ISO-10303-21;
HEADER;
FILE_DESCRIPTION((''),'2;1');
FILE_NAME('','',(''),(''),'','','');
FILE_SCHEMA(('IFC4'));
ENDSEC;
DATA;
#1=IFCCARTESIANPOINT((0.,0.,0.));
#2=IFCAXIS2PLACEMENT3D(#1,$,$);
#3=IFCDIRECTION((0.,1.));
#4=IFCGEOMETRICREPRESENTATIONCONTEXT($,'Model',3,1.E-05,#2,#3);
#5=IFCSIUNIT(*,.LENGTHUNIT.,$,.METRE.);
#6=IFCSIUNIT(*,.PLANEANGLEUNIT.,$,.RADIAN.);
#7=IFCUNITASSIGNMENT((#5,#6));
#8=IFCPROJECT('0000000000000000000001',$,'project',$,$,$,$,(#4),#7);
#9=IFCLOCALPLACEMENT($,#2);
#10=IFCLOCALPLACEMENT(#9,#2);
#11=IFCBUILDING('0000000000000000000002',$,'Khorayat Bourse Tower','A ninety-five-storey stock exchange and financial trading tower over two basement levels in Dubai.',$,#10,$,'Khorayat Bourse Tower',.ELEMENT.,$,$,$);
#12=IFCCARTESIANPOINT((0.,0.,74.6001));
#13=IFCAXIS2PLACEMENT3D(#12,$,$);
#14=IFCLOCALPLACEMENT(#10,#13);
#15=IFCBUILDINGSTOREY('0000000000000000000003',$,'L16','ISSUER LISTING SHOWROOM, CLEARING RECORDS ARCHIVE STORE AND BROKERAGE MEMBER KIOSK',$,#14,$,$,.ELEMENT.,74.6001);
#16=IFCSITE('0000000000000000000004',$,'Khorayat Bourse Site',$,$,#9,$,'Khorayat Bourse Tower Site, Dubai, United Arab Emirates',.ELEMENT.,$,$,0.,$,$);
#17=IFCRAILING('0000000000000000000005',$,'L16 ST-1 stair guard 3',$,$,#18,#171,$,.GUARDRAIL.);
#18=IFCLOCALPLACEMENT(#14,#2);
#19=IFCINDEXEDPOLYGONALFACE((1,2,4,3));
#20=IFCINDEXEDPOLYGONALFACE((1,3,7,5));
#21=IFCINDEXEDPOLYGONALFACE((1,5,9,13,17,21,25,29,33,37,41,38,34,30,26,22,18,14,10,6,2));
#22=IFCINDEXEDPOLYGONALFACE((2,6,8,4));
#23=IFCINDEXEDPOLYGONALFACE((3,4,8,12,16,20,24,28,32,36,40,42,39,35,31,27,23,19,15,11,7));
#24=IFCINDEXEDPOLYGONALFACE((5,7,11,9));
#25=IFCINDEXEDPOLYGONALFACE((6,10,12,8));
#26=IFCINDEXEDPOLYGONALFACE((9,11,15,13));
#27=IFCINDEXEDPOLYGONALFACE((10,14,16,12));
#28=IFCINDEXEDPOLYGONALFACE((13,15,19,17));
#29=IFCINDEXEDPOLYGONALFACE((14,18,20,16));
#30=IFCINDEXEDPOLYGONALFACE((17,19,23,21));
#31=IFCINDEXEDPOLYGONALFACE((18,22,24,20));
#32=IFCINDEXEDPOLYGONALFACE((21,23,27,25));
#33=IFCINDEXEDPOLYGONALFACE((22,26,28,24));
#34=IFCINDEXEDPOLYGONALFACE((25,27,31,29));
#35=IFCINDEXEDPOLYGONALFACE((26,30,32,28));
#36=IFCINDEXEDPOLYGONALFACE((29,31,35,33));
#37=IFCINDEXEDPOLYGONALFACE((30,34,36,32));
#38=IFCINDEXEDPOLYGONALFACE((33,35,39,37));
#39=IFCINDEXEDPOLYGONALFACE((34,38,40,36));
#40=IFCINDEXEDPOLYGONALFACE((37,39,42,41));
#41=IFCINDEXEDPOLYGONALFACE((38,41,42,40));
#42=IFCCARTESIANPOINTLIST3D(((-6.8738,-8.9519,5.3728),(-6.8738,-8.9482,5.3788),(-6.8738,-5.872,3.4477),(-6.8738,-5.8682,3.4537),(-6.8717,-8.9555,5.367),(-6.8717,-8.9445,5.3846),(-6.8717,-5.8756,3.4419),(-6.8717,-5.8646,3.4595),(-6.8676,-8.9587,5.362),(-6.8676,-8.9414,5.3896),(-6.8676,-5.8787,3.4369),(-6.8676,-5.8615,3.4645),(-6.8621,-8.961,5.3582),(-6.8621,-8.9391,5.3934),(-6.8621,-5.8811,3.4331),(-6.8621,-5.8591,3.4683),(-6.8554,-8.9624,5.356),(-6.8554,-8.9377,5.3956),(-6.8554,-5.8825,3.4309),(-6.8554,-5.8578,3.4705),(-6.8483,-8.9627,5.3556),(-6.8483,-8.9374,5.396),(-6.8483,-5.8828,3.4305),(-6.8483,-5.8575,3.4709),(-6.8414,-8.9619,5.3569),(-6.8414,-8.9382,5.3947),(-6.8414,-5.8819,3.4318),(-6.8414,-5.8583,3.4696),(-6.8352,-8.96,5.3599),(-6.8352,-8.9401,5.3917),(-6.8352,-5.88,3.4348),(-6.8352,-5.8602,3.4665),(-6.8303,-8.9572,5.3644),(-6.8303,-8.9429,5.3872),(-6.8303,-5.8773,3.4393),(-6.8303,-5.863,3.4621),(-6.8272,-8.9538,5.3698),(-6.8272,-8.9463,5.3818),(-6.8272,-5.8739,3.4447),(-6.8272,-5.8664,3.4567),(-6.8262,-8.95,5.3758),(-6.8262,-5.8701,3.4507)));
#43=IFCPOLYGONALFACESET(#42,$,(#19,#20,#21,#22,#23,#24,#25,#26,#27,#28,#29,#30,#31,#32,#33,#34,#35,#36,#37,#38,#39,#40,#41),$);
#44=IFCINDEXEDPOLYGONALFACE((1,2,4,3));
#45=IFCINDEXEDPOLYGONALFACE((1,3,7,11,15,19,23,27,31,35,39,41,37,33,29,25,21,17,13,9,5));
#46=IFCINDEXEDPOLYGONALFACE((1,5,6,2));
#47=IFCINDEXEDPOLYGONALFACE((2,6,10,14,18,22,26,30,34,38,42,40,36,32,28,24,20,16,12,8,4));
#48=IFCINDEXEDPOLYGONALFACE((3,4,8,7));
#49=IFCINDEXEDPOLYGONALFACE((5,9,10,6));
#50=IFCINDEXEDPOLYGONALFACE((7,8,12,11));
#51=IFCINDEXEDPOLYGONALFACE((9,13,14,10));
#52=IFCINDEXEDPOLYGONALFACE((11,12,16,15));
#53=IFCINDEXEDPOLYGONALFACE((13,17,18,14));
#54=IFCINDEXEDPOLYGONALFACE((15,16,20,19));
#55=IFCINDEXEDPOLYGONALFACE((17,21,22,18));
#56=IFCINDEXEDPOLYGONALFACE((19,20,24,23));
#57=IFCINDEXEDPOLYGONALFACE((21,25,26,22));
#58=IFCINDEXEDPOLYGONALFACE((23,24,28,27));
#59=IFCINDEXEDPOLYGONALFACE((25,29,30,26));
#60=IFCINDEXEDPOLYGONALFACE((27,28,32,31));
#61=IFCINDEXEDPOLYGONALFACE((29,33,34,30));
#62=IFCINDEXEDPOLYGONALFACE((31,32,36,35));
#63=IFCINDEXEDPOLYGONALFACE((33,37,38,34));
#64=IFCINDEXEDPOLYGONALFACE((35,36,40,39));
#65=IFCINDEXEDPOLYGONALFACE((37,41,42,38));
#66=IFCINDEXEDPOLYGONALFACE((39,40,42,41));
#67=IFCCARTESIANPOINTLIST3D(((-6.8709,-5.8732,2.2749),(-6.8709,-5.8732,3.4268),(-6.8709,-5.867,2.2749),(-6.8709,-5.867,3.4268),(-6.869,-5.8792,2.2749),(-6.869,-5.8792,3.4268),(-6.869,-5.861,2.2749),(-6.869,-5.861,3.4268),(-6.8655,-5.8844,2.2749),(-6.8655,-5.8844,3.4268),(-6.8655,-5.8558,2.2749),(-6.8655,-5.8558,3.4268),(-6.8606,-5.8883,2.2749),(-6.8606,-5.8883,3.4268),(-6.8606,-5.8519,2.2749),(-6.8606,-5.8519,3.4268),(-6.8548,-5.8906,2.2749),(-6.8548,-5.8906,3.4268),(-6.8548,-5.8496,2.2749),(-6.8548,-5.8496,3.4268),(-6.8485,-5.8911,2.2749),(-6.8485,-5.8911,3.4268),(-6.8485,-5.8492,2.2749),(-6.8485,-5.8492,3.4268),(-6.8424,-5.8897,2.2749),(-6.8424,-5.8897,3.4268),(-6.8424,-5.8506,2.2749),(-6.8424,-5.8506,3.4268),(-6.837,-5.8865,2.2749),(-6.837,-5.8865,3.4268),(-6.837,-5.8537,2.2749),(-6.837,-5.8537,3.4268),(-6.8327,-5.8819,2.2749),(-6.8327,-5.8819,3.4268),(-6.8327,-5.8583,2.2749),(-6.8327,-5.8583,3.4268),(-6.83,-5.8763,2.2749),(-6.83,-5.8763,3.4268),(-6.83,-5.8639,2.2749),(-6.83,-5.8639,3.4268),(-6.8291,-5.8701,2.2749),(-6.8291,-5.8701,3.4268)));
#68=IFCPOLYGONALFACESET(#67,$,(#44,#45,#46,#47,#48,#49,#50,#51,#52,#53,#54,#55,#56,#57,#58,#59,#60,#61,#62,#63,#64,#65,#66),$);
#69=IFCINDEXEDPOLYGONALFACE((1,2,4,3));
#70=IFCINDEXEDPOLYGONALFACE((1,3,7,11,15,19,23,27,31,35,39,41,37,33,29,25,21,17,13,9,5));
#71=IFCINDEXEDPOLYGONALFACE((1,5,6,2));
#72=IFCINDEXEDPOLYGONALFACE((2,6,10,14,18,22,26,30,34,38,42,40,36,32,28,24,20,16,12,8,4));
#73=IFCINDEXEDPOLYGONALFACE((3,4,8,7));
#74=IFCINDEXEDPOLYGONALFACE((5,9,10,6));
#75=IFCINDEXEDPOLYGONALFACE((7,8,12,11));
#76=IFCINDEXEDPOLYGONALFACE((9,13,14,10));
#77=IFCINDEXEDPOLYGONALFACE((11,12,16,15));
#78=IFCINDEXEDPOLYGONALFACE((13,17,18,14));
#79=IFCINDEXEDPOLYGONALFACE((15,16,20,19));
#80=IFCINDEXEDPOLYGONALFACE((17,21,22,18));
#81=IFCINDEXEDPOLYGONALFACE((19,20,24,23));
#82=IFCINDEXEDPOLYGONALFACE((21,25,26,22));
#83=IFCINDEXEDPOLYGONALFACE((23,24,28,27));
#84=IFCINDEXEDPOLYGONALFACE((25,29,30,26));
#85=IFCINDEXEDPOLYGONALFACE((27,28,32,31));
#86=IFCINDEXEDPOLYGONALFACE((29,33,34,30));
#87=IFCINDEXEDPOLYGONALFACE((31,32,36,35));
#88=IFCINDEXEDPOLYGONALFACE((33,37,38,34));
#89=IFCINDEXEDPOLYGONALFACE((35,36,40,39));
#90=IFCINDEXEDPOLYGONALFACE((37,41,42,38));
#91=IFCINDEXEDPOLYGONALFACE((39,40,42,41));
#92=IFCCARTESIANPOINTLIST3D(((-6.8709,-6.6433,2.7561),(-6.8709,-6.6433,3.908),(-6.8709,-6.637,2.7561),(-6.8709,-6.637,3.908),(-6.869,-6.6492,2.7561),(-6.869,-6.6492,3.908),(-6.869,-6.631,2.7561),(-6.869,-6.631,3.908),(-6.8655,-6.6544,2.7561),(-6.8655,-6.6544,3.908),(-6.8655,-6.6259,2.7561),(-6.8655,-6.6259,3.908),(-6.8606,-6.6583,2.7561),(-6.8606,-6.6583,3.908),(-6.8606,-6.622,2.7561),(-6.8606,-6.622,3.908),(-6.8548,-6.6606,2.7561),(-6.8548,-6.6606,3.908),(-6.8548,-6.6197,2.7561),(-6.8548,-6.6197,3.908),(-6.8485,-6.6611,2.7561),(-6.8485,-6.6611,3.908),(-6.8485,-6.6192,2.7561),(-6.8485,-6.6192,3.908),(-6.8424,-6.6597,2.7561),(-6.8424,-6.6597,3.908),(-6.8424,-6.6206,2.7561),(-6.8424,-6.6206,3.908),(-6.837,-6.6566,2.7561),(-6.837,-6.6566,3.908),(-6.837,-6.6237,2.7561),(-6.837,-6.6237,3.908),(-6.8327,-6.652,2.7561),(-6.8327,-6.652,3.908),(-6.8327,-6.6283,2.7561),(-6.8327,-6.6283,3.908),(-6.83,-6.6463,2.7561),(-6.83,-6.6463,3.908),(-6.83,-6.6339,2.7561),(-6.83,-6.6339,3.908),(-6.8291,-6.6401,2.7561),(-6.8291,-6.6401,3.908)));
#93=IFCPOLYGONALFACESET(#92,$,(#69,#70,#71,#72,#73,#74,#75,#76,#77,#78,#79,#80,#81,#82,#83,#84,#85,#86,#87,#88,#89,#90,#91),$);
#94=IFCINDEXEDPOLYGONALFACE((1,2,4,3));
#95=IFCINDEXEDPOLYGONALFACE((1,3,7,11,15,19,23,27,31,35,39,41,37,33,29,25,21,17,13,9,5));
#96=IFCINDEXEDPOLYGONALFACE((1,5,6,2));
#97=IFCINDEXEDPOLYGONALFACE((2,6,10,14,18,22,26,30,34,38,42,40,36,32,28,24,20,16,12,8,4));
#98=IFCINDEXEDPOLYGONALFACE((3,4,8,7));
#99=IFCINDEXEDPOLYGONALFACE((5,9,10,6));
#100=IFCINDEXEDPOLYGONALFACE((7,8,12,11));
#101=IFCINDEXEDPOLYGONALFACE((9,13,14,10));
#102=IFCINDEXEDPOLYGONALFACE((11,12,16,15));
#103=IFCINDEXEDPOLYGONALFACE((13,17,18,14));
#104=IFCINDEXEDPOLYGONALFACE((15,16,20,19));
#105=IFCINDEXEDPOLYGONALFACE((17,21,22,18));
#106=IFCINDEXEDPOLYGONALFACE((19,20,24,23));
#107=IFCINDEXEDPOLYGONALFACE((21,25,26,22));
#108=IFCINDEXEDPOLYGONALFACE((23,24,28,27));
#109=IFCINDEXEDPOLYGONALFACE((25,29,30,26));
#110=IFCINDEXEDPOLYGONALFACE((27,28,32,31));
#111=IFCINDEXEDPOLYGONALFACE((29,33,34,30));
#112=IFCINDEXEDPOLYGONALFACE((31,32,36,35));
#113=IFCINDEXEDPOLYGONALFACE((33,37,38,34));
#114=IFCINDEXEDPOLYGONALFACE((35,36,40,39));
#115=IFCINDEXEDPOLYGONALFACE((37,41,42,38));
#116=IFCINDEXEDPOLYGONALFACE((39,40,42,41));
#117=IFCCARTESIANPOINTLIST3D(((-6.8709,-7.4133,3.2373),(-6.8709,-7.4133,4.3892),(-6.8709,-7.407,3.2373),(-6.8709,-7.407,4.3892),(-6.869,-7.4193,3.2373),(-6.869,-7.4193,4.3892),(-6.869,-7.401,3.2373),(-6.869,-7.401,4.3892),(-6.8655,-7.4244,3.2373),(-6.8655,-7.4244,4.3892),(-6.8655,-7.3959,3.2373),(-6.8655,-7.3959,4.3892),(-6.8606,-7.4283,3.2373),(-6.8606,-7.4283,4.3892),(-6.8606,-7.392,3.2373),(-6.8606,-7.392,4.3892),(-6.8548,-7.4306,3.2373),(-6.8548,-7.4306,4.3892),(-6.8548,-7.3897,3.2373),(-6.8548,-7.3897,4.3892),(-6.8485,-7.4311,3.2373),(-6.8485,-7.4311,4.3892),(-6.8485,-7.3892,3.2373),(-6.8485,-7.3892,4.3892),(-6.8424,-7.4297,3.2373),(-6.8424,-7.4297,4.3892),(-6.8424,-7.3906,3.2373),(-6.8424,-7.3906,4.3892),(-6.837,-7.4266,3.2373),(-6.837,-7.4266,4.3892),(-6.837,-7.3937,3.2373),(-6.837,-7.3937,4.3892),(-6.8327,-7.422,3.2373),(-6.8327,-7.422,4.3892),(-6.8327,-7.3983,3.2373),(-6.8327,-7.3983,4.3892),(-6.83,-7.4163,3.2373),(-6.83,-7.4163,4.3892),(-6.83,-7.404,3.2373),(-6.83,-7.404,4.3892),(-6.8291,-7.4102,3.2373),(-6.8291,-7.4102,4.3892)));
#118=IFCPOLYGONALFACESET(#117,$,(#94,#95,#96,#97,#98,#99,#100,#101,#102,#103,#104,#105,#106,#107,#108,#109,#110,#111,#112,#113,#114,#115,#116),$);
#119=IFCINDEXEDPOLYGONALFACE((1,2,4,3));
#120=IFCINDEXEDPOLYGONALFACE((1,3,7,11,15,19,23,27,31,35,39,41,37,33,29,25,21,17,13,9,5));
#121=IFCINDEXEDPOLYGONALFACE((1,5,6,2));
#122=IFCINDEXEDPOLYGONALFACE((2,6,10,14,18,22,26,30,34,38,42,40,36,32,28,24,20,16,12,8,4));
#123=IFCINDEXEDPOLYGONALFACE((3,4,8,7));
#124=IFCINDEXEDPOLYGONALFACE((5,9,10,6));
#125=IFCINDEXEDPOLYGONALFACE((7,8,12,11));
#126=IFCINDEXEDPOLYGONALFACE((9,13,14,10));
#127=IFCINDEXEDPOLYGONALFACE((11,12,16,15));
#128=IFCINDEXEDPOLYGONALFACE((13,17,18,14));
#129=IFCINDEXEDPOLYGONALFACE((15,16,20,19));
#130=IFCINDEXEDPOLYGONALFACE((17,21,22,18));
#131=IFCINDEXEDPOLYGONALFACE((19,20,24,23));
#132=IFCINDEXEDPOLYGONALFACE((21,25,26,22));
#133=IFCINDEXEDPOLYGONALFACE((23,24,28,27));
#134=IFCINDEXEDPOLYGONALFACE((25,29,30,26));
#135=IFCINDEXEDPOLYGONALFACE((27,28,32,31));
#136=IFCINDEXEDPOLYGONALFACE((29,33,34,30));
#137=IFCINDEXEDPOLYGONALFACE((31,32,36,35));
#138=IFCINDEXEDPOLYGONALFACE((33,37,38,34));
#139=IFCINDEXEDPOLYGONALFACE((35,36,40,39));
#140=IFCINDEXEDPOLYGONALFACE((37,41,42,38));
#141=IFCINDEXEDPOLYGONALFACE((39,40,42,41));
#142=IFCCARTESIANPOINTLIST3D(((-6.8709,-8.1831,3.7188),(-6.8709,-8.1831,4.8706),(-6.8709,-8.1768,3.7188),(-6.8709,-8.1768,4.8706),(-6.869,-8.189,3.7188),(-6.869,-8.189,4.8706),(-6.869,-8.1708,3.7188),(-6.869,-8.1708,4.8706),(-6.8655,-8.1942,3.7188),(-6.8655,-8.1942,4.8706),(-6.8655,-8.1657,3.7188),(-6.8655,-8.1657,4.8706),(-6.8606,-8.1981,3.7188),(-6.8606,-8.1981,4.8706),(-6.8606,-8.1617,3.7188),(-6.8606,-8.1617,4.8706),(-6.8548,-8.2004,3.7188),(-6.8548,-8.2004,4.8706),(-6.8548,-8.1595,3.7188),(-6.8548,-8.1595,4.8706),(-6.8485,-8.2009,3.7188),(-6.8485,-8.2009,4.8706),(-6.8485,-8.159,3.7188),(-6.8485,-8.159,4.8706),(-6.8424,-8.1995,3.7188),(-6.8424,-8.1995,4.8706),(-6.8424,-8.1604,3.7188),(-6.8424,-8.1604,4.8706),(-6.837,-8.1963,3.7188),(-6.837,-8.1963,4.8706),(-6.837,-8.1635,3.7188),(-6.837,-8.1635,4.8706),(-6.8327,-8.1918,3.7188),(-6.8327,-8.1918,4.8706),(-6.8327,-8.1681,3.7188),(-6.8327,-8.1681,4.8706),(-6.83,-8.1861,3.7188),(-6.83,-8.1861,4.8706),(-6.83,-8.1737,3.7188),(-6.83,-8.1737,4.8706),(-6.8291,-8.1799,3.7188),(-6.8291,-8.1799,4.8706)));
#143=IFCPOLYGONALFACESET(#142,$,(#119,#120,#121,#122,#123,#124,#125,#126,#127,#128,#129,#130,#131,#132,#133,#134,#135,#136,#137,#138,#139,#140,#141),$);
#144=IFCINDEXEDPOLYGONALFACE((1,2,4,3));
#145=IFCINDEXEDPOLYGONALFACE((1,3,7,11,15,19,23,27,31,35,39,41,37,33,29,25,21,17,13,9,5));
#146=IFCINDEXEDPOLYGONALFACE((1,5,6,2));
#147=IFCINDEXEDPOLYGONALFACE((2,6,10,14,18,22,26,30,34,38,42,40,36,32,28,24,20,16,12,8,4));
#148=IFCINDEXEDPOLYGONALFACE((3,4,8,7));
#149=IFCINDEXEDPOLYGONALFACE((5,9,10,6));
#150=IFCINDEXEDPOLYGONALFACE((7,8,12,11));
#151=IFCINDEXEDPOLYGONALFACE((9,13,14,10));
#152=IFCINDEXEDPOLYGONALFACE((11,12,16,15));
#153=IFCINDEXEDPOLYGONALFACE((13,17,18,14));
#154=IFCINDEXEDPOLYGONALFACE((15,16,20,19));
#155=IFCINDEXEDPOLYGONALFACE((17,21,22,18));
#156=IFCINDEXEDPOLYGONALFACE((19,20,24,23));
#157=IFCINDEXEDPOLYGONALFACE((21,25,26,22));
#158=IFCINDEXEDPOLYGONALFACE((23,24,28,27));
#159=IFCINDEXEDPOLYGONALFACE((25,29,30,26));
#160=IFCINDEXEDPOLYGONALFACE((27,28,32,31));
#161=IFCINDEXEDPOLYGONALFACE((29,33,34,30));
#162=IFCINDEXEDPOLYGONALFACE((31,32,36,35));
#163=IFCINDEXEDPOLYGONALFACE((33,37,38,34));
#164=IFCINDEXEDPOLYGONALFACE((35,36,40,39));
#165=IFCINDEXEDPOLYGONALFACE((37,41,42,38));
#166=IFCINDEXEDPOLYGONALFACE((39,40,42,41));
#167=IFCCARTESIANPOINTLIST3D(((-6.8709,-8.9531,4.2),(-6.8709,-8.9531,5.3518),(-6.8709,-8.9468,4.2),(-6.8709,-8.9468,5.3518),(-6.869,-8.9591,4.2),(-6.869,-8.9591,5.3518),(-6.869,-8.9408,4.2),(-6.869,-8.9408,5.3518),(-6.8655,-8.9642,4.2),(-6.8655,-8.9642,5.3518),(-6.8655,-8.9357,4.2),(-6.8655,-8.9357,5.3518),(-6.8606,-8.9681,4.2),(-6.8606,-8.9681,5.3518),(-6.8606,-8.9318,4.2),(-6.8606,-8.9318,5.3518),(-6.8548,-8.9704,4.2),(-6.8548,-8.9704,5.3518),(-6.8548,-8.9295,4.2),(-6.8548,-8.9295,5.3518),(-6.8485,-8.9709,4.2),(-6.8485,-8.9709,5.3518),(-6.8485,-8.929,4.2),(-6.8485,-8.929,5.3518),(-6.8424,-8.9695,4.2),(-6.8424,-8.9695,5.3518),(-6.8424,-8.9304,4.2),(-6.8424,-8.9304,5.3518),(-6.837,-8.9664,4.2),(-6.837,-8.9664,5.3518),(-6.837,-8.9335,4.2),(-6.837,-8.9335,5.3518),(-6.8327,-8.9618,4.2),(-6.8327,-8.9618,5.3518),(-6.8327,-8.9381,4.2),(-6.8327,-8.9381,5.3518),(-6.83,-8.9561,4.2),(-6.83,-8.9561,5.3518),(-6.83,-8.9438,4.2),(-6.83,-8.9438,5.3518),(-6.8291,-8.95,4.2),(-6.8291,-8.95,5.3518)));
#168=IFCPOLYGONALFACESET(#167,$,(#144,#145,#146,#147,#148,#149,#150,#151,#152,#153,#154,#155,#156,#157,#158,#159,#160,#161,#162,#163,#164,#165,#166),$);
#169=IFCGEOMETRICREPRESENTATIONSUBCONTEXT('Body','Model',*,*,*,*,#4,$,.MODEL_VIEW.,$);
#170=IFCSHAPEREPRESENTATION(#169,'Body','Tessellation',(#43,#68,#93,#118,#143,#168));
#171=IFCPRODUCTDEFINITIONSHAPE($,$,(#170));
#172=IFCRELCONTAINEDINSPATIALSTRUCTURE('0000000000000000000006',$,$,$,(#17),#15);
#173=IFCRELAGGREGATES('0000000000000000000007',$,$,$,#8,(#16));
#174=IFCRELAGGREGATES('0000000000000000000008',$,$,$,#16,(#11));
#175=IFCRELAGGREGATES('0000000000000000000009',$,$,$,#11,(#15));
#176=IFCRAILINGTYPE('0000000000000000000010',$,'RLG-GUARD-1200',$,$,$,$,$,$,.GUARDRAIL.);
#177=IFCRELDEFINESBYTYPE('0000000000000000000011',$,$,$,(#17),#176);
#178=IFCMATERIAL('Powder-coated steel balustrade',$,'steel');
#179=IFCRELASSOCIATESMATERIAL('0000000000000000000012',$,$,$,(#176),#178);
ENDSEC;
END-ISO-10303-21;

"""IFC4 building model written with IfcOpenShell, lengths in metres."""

from ifc_helpers import new_model, si_unit, direction, frame, origin, origin_2d, place, context, subcontext, project, spatial, circle, extrude, source, transform, mapped, material, type_object, element, save


model = new_model("IFC4")

# Units and contexts
model_context = context("Model", 3, precision=1e-05, world=origin(), true_north=direction((0.0, 1.0)))
body_context = subcontext(model_context, "Body", "Model", "MODEL_VIEW")
ifc_project = project(units=[si_unit("LENGTHUNIT", "METRE"), si_unit("PLANEANGLEUNIT", "RADIAN")], contexts=[model_context])

# Site, building, storey
site_placement = place(None, origin())
site = spatial("IfcSite", under=ifc_project, at=site_placement, Name="Khorayat Bourse Site", LongName="Khorayat Bourse Tower Site, Dubai, United Arab Emirates", CompositionType="ELEMENT", RefElevation=0.0)
building_placement = place(site_placement, origin())
building = spatial("IfcBuilding", under=site, at=building_placement, Name="Khorayat Bourse Tower", Description="A ninety-five-storey stock exchange and financial trading tower over two basement levels in Dubai.", LongName="Khorayat Bourse Tower", CompositionType="ELEMENT")
storey_placement = place(building_placement, frame((0.0, 0.0, 74.6001)))
storey = spatial("IfcBuildingStorey", under=building, at=storey_placement, Name="L16", Description="ISSUER LISTING SHOWROOM, CLEARING RECORDS ARCHIVE STORE AND BROKERAGE MEMBER KIOSK", CompositionType="ELEMENT", Elevation=74.6001)

# Railing
ifc_material_1 = material(Name="Powder-coated steel balustrade", Category="steel")
railing_type_1 = type_object("IfcRailingType", Name="RLG-GUARD-1200", PredefinedType="GUARDRAIL", material=ifc_material_1)
shared_shape_1 = source(origin(), body_context, "Body", "SweptSolid", [
    extrude(circle(Radius=0.0239, at=origin_2d()), frame((0.0, 0.0, 1.1758), z_axis=(0.0, -0.847979, 0.530029), x_axis=(1.0, 0.0, 0.0)), (0.0, 0.0, 1.0), 3.6321),
    extrude(circle(Radius=0.021, at=origin_2d()), origin(), (0.0, 0.0, 1.0), 1.1519),
    extrude(circle(Radius=0.021, at=origin_2d()), frame((0.0, -0.77, 0.4812)), (0.0, 0.0, 1.0), 1.1519),
    extrude(circle(Radius=0.021, at=origin_2d()), frame((0.0, -1.54, 0.9624)), (0.0, 0.0, 1.0), 1.1519),
    extrude(circle(Radius=0.021, at=origin_2d()), frame((0.0, -2.3098, 1.4438)), (0.0, 0.0, 1.0), 1.1519),
    extrude(circle(Radius=0.021, at=origin_2d()), frame((0.0, -3.0798, 1.925)), (0.0, 0.0, 1.0), 1.1519),
])
railing_1_placement = place(storey_placement, frame((-6.8501, -5.8701, 2.2749)))
element("IfcRailing", 1, at=railing_1_placement, inside=storey, type_object=railing_type_1, Name="L16 ST-1 stair guard 3", PredefinedType="GUARDRAIL", context=body_context, shape_type="MappedRepresentation", body=[
    mapped(shared_shape_1, transform((0.0, 0.0, 0.0), scale=1.0)),
])

save(model, "model.ifc")
